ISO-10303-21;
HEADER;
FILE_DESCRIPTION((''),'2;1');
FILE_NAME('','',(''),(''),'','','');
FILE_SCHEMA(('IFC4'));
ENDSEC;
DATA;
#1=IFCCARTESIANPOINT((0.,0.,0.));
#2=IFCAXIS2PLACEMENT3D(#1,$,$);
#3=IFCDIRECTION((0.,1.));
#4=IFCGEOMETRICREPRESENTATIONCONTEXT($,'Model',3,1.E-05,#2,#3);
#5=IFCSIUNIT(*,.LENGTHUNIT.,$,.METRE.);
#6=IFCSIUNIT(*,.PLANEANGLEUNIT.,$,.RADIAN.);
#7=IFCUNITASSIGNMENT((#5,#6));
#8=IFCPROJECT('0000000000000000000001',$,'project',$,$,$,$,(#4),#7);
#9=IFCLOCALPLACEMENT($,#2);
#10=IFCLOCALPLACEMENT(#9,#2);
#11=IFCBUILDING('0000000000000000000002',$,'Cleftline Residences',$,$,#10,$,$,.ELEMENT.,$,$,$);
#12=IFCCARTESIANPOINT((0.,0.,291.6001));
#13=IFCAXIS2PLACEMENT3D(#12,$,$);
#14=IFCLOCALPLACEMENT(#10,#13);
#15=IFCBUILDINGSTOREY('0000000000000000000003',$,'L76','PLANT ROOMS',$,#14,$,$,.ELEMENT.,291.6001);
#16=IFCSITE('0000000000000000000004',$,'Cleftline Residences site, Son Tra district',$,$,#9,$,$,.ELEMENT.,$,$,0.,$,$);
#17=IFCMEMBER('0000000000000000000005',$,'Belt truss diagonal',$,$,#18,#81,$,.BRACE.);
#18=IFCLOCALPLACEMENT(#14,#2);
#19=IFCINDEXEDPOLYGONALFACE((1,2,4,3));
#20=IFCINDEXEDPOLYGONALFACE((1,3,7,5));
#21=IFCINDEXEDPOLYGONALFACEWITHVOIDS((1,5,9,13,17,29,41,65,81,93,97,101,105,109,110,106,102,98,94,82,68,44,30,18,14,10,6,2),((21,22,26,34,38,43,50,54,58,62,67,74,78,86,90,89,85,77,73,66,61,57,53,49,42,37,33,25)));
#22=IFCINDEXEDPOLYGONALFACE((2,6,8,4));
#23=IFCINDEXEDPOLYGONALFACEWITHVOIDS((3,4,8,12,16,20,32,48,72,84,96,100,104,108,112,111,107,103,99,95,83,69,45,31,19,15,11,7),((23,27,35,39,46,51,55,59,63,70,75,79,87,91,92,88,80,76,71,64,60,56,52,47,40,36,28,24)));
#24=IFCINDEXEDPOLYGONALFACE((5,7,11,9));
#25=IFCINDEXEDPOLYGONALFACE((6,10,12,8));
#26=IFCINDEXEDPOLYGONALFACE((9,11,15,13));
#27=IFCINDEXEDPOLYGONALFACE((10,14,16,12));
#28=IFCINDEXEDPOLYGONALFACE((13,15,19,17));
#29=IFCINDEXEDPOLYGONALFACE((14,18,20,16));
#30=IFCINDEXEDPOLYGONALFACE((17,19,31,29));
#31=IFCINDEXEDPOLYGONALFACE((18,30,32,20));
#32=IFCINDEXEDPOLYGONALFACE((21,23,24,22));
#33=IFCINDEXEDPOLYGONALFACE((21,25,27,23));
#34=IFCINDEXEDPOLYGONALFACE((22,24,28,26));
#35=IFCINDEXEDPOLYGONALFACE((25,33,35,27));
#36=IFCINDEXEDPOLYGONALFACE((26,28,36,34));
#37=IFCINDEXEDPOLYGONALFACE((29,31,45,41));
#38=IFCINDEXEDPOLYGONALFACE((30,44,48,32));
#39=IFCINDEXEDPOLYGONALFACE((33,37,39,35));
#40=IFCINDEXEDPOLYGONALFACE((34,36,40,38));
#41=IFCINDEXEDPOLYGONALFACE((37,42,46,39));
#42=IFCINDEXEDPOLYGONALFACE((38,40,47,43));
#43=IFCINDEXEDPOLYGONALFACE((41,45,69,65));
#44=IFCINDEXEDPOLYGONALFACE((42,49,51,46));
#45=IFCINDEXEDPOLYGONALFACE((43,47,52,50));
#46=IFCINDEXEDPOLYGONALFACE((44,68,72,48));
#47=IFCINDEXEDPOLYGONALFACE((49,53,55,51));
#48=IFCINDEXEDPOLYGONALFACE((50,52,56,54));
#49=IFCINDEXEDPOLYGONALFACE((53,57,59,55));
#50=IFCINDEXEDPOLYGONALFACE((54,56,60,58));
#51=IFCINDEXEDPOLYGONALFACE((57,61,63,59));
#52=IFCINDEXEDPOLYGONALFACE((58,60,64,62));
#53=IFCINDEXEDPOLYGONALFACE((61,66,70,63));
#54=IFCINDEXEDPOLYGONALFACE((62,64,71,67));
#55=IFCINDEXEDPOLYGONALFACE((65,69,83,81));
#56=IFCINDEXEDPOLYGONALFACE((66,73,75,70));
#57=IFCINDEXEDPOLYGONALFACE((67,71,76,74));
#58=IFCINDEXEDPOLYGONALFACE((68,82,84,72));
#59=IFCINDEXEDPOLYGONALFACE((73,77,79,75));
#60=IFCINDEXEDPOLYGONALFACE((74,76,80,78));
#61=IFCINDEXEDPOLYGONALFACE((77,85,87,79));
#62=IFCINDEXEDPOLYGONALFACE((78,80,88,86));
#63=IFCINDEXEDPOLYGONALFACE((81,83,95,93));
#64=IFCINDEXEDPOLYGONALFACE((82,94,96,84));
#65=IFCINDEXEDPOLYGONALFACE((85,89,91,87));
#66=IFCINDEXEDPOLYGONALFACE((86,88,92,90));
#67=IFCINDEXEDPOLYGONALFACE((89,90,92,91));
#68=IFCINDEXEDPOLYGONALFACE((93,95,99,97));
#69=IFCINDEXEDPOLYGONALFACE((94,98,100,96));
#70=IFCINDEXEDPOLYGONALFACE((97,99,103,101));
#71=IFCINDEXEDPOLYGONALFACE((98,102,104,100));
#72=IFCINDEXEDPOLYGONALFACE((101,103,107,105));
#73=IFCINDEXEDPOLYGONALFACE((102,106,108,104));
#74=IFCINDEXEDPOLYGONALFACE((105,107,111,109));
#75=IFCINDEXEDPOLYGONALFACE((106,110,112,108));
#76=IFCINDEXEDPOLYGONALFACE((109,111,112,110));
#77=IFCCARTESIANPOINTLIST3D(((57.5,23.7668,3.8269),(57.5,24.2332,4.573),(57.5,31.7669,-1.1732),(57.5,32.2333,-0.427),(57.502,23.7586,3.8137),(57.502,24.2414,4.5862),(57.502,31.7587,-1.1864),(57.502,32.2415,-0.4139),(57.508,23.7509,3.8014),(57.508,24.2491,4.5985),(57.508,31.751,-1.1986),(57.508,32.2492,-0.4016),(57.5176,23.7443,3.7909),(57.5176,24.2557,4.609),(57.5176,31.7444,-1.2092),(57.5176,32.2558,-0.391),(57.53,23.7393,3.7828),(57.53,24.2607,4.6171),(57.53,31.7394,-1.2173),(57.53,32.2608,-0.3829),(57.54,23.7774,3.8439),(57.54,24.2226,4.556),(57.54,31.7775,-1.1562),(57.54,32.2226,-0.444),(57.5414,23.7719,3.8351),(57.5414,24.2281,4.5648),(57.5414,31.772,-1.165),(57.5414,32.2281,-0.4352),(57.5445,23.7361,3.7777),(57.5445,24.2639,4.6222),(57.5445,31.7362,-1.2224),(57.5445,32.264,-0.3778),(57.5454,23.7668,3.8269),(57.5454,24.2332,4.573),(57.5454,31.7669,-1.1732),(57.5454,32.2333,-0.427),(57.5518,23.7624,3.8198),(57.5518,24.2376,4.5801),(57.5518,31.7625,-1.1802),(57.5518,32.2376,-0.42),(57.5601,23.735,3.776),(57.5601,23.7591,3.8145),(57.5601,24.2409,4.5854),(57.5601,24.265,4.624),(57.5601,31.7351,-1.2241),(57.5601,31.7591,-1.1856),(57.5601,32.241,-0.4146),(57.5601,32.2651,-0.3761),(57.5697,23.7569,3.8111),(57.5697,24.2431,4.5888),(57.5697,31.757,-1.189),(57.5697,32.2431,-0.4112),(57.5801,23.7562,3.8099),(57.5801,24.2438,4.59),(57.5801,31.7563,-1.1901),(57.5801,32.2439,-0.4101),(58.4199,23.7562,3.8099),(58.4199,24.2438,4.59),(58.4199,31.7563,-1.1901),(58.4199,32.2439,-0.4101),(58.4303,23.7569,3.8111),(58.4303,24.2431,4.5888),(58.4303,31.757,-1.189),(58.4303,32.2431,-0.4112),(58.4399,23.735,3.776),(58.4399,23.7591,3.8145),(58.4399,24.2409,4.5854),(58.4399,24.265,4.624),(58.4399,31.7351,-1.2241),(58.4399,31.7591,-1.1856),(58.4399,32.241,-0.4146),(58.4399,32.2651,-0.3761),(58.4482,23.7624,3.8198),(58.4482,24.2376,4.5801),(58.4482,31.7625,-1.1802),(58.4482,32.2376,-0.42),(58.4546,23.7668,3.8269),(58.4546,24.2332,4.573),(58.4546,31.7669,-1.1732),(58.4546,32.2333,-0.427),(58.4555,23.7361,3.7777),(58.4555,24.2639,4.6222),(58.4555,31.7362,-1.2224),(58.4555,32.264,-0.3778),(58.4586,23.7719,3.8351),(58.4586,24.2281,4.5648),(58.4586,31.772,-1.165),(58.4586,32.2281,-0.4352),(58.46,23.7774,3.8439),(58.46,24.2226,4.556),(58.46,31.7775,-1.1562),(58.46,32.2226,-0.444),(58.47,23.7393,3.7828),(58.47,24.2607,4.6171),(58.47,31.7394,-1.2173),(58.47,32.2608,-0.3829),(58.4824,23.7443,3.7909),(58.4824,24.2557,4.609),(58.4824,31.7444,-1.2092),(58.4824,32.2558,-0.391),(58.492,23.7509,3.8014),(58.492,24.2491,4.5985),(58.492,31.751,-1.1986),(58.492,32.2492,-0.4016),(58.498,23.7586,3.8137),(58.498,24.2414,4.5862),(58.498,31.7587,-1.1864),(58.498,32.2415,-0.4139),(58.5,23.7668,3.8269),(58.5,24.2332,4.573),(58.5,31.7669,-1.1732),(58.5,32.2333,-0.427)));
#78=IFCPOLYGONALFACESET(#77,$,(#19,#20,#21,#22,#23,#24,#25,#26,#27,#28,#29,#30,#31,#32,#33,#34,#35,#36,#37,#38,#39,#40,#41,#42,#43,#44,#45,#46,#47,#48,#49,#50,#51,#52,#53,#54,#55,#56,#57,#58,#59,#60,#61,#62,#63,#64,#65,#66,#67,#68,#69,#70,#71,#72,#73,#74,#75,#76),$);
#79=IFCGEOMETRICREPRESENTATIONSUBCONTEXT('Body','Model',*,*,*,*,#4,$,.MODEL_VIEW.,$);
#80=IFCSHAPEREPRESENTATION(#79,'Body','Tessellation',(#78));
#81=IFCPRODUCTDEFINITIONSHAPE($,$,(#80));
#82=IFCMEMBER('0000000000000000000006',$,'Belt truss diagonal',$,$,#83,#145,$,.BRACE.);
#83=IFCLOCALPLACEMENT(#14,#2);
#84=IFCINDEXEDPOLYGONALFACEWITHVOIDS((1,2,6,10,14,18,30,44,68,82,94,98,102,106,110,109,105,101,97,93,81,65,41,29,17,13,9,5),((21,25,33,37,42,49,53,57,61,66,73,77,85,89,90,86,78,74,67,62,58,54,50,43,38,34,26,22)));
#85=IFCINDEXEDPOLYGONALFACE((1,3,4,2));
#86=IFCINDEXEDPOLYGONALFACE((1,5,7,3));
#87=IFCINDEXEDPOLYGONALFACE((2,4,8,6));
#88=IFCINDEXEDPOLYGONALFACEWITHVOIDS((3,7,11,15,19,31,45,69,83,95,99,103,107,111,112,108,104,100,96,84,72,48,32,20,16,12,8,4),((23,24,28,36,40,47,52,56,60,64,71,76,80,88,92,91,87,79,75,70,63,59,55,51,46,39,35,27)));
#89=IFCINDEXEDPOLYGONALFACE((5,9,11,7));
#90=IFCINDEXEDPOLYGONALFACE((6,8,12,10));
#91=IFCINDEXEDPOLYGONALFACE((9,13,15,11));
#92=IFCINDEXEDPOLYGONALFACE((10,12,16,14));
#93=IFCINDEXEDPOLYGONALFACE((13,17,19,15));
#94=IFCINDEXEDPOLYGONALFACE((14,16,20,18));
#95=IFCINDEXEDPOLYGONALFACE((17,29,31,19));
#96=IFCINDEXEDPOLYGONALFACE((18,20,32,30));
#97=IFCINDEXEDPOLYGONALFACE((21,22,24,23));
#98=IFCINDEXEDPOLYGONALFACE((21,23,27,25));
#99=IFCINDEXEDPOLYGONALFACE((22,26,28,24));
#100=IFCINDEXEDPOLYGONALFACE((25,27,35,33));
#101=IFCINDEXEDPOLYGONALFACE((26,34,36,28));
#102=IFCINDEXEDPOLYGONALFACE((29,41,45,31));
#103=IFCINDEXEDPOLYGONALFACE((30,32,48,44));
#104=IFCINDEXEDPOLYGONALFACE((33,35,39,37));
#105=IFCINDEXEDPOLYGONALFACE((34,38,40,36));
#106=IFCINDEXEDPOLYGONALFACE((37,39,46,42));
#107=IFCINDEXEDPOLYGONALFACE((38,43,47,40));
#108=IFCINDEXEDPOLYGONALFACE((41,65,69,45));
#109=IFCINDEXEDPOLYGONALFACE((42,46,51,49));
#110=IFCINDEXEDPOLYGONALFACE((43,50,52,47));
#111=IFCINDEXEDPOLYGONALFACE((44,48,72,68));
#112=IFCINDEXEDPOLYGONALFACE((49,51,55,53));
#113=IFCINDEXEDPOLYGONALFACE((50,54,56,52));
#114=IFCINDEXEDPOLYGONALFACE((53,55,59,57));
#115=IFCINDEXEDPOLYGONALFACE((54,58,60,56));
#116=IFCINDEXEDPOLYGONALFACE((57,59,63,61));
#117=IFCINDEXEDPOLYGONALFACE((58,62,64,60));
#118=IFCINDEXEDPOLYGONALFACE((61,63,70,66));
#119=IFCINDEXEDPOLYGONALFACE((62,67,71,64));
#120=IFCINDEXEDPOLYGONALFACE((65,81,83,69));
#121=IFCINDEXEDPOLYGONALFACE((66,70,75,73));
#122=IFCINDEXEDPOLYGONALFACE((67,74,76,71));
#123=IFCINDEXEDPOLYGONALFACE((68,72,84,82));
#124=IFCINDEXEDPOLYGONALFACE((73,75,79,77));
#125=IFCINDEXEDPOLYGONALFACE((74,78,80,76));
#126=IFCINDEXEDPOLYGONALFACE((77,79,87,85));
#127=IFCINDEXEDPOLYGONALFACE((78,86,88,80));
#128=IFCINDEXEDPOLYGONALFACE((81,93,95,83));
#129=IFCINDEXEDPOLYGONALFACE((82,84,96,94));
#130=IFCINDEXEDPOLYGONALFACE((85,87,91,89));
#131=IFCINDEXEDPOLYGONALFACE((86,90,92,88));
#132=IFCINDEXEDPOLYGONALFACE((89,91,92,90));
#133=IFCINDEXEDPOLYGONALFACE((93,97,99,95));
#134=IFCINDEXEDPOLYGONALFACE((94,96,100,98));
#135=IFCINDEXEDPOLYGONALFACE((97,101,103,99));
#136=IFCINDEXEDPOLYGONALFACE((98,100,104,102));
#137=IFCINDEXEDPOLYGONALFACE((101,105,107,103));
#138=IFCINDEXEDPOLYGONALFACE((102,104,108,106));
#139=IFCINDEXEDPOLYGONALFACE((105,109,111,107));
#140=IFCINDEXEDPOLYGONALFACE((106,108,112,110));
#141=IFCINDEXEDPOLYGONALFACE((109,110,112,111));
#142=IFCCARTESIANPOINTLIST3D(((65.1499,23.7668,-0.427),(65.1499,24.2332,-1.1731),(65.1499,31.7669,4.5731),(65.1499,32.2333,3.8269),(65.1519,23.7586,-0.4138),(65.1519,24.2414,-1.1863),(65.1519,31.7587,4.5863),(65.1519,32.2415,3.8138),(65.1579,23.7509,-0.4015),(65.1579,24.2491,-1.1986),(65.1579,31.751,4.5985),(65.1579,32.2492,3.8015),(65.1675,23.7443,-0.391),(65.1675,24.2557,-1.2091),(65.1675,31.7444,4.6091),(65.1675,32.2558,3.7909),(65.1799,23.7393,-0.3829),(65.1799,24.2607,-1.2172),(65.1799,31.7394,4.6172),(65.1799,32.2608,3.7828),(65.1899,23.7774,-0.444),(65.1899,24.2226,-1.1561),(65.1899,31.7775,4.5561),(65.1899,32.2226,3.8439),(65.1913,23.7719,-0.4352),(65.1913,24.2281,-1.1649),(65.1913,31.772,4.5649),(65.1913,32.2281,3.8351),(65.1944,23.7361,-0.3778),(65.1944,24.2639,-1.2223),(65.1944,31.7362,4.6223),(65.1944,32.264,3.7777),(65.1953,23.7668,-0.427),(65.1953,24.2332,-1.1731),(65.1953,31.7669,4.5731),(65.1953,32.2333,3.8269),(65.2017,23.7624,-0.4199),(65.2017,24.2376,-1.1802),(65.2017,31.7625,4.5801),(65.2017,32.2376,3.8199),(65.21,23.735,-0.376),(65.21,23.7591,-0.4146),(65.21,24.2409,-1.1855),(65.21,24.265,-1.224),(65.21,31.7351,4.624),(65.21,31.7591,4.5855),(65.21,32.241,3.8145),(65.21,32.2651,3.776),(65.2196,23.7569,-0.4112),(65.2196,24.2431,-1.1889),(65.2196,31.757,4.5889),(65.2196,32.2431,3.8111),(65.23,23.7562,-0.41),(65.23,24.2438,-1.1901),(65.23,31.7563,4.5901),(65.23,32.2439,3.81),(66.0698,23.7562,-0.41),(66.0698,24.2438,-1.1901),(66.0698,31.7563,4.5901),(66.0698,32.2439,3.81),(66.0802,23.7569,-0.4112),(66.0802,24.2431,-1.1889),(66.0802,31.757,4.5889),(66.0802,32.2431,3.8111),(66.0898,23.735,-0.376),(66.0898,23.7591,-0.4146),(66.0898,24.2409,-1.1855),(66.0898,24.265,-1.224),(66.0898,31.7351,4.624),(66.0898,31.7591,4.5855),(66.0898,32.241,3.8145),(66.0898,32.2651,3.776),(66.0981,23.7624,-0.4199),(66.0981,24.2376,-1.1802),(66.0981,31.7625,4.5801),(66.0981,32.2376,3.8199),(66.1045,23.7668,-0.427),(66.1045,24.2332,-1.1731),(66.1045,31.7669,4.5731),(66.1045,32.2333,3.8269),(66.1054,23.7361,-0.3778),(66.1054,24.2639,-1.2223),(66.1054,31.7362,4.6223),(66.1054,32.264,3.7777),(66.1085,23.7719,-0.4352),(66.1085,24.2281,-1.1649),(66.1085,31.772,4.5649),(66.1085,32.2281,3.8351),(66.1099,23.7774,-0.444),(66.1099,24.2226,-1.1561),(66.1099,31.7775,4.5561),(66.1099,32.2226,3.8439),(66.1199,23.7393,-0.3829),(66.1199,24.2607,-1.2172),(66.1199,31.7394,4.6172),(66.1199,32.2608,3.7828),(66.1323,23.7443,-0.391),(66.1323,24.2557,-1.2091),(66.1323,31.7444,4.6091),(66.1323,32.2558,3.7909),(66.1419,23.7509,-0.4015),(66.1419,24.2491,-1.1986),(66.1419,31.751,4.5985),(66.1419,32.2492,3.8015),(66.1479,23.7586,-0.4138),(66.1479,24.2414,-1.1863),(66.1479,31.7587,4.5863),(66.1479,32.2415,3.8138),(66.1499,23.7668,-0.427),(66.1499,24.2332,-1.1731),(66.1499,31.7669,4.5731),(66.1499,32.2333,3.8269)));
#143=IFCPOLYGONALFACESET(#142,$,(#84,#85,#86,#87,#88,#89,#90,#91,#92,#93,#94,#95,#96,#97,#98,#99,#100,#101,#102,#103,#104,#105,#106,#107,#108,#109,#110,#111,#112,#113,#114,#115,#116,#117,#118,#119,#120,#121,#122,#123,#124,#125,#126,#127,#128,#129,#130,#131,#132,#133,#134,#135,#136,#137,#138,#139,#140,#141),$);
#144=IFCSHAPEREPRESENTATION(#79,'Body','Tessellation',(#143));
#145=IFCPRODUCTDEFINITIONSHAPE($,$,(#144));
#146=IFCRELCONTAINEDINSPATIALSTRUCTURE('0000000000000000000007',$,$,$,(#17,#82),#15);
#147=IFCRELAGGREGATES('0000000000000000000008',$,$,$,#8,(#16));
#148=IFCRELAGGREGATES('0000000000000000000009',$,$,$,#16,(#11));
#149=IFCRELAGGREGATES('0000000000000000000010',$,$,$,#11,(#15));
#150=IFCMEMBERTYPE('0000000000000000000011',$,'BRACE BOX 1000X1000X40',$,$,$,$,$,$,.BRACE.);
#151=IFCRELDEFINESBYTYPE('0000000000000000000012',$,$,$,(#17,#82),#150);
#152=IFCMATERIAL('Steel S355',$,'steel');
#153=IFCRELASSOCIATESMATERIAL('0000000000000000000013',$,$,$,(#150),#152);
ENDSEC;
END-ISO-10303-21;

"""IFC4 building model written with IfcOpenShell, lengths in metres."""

from ifc_helpers import new_model, si_unit, direction, frame, origin, origin_2d, place, context, subcontext, project, spatial, hollow_rectangle, extrude, material, material_profile, profile_set, type_object, element, save


model = new_model("IFC4")

# Units and contexts
model_context = context("Model", 3, precision=1e-05, world=origin(), true_north=direction((0.0, 1.0)))
body_context = subcontext(model_context, "Body", "Model", "MODEL_VIEW")
ifc_project = project(units=[si_unit("LENGTHUNIT", "METRE"), si_unit("PLANEANGLEUNIT", "RADIAN")], contexts=[model_context])

# Site, building, storey
site_placement = place(None, origin())
site = spatial("IfcSite", under=ifc_project, at=site_placement, Name="Cleftline Residences site, Son Tra district", CompositionType="ELEMENT", RefElevation=0.0)
building_placement = place(site_placement, origin())
building = spatial("IfcBuilding", under=site, at=building_placement, Name="Cleftline Residences", CompositionType="ELEMENT")
storey_placement = place(building_placement, frame((0.0, 0.0, 291.6001)))
storey = spatial("IfcBuildingStorey", under=building, at=storey_placement, Name="L76", Description="PLANT ROOMS", CompositionType="ELEMENT", Elevation=291.6001)

# Members
ifc_material_1 = material(Name="Steel S355", Category="steel")
ifc_material_profile_1 = material_profile(ifc_material_1, hollow_rectangle(XDim=1.0, YDim=1.0, WallThickness=0.04, InnerFilletRadius=0.04, OuterFilletRadius=0.0601, at=origin_2d()))
ifc_profile_set_1 = profile_set([ifc_material_profile_1], Name="Steel S355")
member_type_1 = type_object("IfcMemberType", Name="BRACE BOX 1000X1000X40", PredefinedType="BRACE", material=ifc_profile_set_1)
for number, where, z_axis, x_axis, name in (
    (1, (58.0, 24.0, 4.2), (0.0, 0.847998, -0.529999), (0.0, 0.529999, 0.847998), "Belt truss diagonal"),
    (2, (65.6499, 24.0, -0.8), (0.0, 0.847998, 0.529999), (0.0, -0.529999, 0.847998), "Belt truss diagonal"),
):
    element("IfcMember", number, at=place(storey_placement, frame(where, z_axis=z_axis, x_axis=x_axis)), inside=storey, type_object=member_type_1, Name=name, PredefinedType="BRACE", context=body_context, shape_type="SweptSolid", body=[
        extrude(hollow_rectangle(XDim=1.0, YDim=1.0, WallThickness=0.04, InnerFilletRadius=0.04, OuterFilletRadius=0.0601, at=origin_2d()), origin(), (0.0, 0.0, 1.0), 9.4341),
    ])

save(model, "model.ifc")
